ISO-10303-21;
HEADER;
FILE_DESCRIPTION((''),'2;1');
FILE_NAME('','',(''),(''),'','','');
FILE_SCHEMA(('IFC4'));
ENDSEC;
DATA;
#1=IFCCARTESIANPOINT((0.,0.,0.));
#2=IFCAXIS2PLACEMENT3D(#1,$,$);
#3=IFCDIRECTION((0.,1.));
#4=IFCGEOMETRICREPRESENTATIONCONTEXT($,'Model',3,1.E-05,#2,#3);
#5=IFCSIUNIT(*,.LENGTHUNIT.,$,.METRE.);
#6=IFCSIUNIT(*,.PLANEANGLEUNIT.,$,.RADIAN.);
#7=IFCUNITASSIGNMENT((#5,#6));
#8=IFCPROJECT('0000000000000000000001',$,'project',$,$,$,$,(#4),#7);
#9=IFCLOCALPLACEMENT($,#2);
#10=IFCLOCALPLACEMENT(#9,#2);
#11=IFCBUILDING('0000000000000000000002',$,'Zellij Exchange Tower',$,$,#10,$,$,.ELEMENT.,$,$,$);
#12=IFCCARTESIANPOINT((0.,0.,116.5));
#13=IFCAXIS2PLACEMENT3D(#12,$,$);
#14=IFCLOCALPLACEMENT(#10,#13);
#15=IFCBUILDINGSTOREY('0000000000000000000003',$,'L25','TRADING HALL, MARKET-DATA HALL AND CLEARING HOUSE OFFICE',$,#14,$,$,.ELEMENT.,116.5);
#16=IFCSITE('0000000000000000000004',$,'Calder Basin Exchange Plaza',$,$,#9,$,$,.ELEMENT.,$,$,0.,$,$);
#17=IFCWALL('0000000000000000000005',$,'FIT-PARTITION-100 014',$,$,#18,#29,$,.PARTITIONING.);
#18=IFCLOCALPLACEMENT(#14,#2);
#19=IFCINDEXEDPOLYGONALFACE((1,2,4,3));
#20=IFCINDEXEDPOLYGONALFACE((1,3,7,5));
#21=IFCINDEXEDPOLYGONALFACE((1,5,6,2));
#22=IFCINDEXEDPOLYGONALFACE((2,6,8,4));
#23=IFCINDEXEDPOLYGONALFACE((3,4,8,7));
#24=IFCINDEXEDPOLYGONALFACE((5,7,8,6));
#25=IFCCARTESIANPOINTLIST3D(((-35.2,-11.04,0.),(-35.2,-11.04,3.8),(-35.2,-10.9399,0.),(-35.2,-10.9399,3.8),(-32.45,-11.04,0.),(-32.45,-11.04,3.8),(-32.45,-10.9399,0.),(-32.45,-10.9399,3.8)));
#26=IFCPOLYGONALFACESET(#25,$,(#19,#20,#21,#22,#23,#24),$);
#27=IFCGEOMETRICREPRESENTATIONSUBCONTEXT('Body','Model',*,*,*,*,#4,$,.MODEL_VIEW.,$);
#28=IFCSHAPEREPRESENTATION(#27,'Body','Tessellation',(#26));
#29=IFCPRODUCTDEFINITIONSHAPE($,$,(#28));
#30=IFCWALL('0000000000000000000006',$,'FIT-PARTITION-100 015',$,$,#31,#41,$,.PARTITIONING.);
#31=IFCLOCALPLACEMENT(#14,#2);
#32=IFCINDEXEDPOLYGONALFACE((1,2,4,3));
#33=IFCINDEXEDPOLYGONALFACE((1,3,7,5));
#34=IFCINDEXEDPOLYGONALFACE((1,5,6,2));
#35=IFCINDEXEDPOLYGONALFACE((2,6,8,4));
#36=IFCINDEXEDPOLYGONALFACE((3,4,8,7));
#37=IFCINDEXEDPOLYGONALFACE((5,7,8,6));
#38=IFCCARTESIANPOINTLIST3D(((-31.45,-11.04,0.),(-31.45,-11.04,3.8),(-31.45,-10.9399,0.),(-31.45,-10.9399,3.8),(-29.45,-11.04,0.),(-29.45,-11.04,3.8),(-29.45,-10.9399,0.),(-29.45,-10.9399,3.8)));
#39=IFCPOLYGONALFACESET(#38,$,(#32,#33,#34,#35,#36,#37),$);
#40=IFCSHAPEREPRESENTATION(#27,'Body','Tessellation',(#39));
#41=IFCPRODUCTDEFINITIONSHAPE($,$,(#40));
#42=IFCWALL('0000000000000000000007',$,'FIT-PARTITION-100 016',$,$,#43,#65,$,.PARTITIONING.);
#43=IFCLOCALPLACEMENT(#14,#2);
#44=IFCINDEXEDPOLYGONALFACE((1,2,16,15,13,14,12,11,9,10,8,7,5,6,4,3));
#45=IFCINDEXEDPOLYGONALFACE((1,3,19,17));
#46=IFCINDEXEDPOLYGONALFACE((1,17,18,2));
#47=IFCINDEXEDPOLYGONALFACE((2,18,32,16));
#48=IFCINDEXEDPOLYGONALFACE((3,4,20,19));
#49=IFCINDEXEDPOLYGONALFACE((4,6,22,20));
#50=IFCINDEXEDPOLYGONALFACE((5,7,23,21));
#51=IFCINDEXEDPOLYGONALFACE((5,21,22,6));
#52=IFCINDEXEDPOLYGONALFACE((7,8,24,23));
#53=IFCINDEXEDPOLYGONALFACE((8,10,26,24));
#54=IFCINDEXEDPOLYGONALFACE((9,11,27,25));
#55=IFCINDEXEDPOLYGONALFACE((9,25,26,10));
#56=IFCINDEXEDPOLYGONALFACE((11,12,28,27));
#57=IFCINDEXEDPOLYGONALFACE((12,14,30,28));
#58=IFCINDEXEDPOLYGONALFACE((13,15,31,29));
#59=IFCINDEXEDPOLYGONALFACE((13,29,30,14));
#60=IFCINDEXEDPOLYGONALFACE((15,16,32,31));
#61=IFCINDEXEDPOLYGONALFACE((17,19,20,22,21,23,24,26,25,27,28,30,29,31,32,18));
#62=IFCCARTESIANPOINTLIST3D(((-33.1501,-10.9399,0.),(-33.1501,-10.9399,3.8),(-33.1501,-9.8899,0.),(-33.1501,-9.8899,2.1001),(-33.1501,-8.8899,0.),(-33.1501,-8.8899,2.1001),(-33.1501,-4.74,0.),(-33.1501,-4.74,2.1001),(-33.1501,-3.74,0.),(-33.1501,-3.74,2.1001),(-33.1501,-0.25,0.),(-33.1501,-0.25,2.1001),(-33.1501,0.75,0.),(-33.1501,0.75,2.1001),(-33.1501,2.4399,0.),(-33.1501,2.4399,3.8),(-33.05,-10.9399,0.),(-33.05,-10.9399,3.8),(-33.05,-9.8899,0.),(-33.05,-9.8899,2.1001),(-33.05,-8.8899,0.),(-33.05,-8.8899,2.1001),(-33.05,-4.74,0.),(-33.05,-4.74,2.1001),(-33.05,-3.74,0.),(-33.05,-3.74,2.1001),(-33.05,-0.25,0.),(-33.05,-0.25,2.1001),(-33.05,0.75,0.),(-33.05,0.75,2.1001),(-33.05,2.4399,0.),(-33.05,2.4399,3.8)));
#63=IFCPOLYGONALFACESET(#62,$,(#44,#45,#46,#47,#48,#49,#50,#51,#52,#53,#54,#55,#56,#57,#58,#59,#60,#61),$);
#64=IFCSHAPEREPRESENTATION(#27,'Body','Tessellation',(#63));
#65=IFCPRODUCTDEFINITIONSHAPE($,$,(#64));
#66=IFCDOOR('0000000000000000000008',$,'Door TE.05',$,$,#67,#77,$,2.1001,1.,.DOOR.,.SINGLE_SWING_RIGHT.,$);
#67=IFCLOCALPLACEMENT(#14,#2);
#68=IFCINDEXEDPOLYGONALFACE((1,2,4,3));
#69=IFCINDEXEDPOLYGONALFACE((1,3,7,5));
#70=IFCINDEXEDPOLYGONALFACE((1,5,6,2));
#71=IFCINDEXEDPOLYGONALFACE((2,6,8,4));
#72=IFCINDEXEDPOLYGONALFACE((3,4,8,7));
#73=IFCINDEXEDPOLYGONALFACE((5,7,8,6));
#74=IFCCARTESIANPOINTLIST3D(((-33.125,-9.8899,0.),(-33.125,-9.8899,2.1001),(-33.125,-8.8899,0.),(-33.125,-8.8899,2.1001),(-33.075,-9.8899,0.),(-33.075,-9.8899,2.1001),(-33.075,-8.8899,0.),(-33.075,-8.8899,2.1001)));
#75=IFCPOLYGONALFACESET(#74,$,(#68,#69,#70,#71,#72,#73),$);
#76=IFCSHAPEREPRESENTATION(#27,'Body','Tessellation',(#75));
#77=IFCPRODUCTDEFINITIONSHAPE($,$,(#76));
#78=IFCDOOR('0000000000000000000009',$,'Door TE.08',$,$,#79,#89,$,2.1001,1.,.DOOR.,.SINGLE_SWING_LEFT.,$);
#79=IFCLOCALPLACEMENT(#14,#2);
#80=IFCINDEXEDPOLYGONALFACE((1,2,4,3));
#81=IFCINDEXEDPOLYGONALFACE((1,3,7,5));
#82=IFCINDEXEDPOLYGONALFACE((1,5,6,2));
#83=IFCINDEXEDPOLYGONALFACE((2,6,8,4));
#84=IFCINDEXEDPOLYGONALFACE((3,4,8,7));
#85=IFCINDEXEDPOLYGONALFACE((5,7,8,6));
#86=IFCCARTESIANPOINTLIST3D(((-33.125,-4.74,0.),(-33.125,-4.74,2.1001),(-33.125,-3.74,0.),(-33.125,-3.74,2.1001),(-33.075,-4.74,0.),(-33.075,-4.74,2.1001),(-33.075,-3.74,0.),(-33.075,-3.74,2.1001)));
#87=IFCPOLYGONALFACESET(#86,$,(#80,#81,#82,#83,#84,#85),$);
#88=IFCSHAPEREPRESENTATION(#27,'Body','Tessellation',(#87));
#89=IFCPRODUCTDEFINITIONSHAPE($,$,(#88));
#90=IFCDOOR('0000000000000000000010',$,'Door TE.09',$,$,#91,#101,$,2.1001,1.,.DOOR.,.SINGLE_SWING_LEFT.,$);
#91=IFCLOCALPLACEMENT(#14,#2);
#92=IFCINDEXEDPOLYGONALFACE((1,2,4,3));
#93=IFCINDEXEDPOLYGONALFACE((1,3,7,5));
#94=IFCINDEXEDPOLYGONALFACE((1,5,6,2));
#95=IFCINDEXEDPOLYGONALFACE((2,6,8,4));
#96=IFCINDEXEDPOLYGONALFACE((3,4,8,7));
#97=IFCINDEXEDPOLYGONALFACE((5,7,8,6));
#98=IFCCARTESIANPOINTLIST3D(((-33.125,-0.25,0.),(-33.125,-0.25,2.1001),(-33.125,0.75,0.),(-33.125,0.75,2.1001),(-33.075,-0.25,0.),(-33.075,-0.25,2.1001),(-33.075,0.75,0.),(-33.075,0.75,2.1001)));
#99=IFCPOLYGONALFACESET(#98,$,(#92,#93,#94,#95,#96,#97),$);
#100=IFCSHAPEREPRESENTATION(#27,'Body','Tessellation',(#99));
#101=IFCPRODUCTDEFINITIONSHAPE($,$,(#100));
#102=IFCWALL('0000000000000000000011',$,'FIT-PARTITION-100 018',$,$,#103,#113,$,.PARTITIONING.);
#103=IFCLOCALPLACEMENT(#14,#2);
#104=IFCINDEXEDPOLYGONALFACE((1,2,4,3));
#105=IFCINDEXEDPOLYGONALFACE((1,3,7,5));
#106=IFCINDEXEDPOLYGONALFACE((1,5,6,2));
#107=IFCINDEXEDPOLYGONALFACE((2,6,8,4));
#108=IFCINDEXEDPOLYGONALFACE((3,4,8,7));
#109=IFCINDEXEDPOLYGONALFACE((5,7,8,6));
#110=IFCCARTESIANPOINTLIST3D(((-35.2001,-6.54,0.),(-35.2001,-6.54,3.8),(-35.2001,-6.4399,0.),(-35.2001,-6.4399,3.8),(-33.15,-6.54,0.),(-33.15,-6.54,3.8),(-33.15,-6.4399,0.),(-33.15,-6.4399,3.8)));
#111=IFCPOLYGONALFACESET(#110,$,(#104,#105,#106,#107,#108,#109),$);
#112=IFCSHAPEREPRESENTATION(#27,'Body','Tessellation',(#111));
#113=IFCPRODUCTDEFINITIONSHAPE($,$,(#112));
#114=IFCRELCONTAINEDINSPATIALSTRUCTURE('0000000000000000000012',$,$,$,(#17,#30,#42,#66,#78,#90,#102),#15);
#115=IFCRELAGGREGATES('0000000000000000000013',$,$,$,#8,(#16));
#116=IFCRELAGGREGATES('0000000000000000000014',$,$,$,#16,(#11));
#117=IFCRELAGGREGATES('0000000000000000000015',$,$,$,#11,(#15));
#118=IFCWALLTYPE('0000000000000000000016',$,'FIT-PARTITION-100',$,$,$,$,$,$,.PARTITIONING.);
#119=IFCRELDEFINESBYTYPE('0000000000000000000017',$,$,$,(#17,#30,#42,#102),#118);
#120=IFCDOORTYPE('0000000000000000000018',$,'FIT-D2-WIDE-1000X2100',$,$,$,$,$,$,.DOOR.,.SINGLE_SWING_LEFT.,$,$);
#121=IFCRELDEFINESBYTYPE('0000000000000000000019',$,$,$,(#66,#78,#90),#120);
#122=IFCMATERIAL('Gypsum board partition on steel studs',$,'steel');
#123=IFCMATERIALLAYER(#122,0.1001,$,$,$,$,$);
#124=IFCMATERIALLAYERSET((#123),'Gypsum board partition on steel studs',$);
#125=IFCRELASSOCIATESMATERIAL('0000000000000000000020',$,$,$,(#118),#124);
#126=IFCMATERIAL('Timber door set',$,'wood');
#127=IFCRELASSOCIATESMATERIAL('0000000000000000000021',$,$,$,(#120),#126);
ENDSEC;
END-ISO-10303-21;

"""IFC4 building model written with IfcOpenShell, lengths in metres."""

from ifc_helpers import new_model, si_unit, direction, frame, frame_2d, origin, place, context, subcontext, project, spatial, rectangle, extrude, material, layer, layer_set, type_object, element, fill, save


model = new_model("IFC4")

# Units and contexts
model_context = context("Model", 3, precision=1e-05, world=origin(), true_north=direction((0.0, 1.0)))
body_context = subcontext(model_context, "Body", "Model", "MODEL_VIEW")
ifc_project = project(units=[si_unit("LENGTHUNIT", "METRE"), si_unit("PLANEANGLEUNIT", "RADIAN")], contexts=[model_context])

# Site, building, storey
site_placement = place(None, origin())
site = spatial("IfcSite", under=ifc_project, at=site_placement, Name="Calder Basin Exchange Plaza", CompositionType="ELEMENT", RefElevation=0.0)
building_placement = place(site_placement, origin())
building = spatial("IfcBuilding", under=site, at=building_placement, Name="Zellij Exchange Tower", CompositionType="ELEMENT")
storey_placement = place(building_placement, frame((0.0, 0.0, 116.5)))
storey = spatial("IfcBuildingStorey", under=building, at=storey_placement, Name="L25", Description="TRADING HALL, MARKET-DATA HALL AND CLEARING HOUSE OFFICE", CompositionType="ELEMENT", Elevation=116.5)

# Shared definitions
ifc_material_1 = material(Name="Gypsum board partition on steel studs", Category="steel")
ifc_layer_1 = layer(ifc_material_1, 0.1001)
ifc_layer_set_1 = layer_set([ifc_layer_1], Name="Gypsum board partition on steel studs")
wall_type_1 = type_object("IfcWallType", Name="FIT-PARTITION-100", PredefinedType="PARTITIONING", material=ifc_layer_set_1)
ifc_material_2 = material(Name="Timber door set", Category="wood")
door_type_1 = type_object("IfcDoorType", Name="FIT-D2-WIDE-1000X2100", OperationType="SINGLE_SWING_LEFT", PredefinedType="DOOR", material=ifc_material_2)

# Walls
wall_1_placement = place(storey_placement, frame((-35.2, -10.99, 0.0), z_axis=(0.0, 0.0, 1.0), x_axis=(1.0, 0.0, 0.0)))
element("IfcWall", 1, at=wall_1_placement, inside=storey, type_object=wall_type_1, Name="FIT-PARTITION-100 014", PredefinedType="PARTITIONING", context=body_context, shape_type="SweptSolid", body=[
    extrude(rectangle(XDim=2.75, YDim=0.1001, at=frame_2d((1.375, 0.0))), origin(), (0.0, 0.0, 1.0), 3.8),
])
wall_2_placement = place(storey_placement, frame((-31.45, -10.99, 0.0), z_axis=(0.0, 0.0, 1.0), x_axis=(1.0, 0.0, 0.0)))
element("IfcWall", 2, at=wall_2_placement, inside=storey, type_object=wall_type_1, Name="FIT-PARTITION-100 015", PredefinedType="PARTITIONING", context=body_context, shape_type="SweptSolid", body=[
    extrude(rectangle(XDim=2.0, YDim=0.1001, at=frame_2d((1.0, 0.0))), origin(), (0.0, 0.0, 1.0), 3.8),
])

# Wall, openings, doors
wall_3_placement = place(storey_placement, frame((-33.1001, -10.9399, 0.0), z_axis=(0.0, 0.0, 1.0), x_axis=(0.0, 1.0, 0.0)))
wall_3 = element("IfcWall", 3, at=wall_3_placement, inside=storey, type_object=wall_type_1, Name="FIT-PARTITION-100 016", PredefinedType="PARTITIONING", context=body_context, shape_type="SweptSolid", body=[
    extrude(rectangle(XDim=13.3799, YDim=0.1001, at=frame_2d((6.6899, 0.0))), origin(), (0.0, 0.0, 1.0), 3.8),
])
opening_1_placement = place(wall_3_placement, frame((1.05, 0.0, 0.0)))
opening_1 = element("IfcOpeningElement", 4, at=opening_1_placement, cuts=wall_3, PredefinedType="OPENING", context=body_context, shape_type="SweptSolid", body=[
    extrude(rectangle(XDim=1.0, YDim=2.1001, at=frame_2d((0.5, 1.05))), frame((0.0, 0.062, 0.0), z_axis=(0.0, -1.0, 0.0), x_axis=(1.0, 0.0, 0.0)), (0.0, 0.0, 1.0), 0.124),
])
opening_2_placement = place(wall_3_placement, frame((6.2, 0.0, 0.0)))
opening_2 = element("IfcOpeningElement", 5, at=opening_2_placement, cuts=wall_3, PredefinedType="OPENING", context=body_context, shape_type="SweptSolid", body=[
    extrude(rectangle(XDim=1.0, YDim=2.1001, at=frame_2d((0.5, 1.05))), frame((0.0, 0.062, 0.0), z_axis=(0.0, -1.0, 0.0), x_axis=(1.0, 0.0, 0.0)), (0.0, 0.0, 1.0), 0.124),
])
opening_3_placement = place(wall_3_placement, frame((10.6899, 0.0, 0.0)))
opening_3 = element("IfcOpeningElement", 6, at=opening_3_placement, cuts=wall_3, PredefinedType="OPENING", context=body_context, shape_type="SweptSolid", body=[
    extrude(rectangle(XDim=1.0, YDim=2.1001, at=frame_2d((0.5, 1.05))), frame((0.0, 0.062, 0.0), z_axis=(0.0, -1.0, 0.0), x_axis=(1.0, 0.0, 0.0)), (0.0, 0.0, 1.0), 0.124),
])
door_1_placement = place(opening_1_placement, origin())
door_1 = element("IfcDoor", 7, at=door_1_placement, inside=storey, type_object=door_type_1, Name="Door TE.05", OperationType="SINGLE_SWING_RIGHT", OverallHeight=2.1001, OverallWidth=1.0, PredefinedType="DOOR", context=body_context, shape_type="SweptSolid", body=[
    extrude(rectangle(XDim=1.0, YDim=2.1001, at=frame_2d((0.5, 1.05))), frame((0.0, 0.0249, 0.0), z_axis=(0.0, -1.0, 0.0), x_axis=(1.0, 0.0, 0.0)), (0.0, 0.0, 1.0), 0.05),
])
fill(opening_1, door_1)
door_2_placement = place(opening_2_placement, origin())
door_2 = element("IfcDoor", 8, at=door_2_placement, inside=storey, type_object=door_type_1, Name="Door TE.08", OperationType="SINGLE_SWING_LEFT", OverallHeight=2.1001, OverallWidth=1.0, PredefinedType="DOOR", context=body_context, shape_type="SweptSolid", body=[
    extrude(rectangle(XDim=1.0, YDim=2.1001, at=frame_2d((0.5, 1.05))), frame((0.0, 0.0249, 0.0), z_axis=(0.0, -1.0, 0.0), x_axis=(1.0, 0.0, 0.0)), (0.0, 0.0, 1.0), 0.05),
])
fill(opening_2, door_2)
door_3_placement = place(opening_3_placement, origin())
door_3 = element("IfcDoor", 9, at=door_3_placement, inside=storey, type_object=door_type_1, Name="Door TE.09", OperationType="SINGLE_SWING_LEFT", OverallHeight=2.1001, OverallWidth=1.0, PredefinedType="DOOR", context=body_context, shape_type="SweptSolid", body=[
    extrude(rectangle(XDim=1.0, YDim=2.1001, at=frame_2d((0.5, 1.05))), frame((0.0, 0.0249, 0.0), z_axis=(0.0, -1.0, 0.0), x_axis=(1.0, 0.0, 0.0)), (0.0, 0.0, 1.0), 0.05),
])
fill(opening_3, door_3)

# Wall
wall_4_placement = place(storey_placement, frame((-35.2, -6.49, 0.0), z_axis=(0.0, 0.0, 1.0), x_axis=(1.0, 0.0, 0.0)))
element("IfcWall", 10, at=wall_4_placement, inside=storey, type_object=wall_type_1, Name="FIT-PARTITION-100 018", PredefinedType="PARTITIONING", context=body_context, shape_type="SweptSolid", body=[
    extrude(rectangle(XDim=2.05, YDim=0.1001, at=frame_2d((1.0249, 0.0))), origin(), (0.0, 0.0, 1.0), 3.8),
])

save(model, "model.ifc")
